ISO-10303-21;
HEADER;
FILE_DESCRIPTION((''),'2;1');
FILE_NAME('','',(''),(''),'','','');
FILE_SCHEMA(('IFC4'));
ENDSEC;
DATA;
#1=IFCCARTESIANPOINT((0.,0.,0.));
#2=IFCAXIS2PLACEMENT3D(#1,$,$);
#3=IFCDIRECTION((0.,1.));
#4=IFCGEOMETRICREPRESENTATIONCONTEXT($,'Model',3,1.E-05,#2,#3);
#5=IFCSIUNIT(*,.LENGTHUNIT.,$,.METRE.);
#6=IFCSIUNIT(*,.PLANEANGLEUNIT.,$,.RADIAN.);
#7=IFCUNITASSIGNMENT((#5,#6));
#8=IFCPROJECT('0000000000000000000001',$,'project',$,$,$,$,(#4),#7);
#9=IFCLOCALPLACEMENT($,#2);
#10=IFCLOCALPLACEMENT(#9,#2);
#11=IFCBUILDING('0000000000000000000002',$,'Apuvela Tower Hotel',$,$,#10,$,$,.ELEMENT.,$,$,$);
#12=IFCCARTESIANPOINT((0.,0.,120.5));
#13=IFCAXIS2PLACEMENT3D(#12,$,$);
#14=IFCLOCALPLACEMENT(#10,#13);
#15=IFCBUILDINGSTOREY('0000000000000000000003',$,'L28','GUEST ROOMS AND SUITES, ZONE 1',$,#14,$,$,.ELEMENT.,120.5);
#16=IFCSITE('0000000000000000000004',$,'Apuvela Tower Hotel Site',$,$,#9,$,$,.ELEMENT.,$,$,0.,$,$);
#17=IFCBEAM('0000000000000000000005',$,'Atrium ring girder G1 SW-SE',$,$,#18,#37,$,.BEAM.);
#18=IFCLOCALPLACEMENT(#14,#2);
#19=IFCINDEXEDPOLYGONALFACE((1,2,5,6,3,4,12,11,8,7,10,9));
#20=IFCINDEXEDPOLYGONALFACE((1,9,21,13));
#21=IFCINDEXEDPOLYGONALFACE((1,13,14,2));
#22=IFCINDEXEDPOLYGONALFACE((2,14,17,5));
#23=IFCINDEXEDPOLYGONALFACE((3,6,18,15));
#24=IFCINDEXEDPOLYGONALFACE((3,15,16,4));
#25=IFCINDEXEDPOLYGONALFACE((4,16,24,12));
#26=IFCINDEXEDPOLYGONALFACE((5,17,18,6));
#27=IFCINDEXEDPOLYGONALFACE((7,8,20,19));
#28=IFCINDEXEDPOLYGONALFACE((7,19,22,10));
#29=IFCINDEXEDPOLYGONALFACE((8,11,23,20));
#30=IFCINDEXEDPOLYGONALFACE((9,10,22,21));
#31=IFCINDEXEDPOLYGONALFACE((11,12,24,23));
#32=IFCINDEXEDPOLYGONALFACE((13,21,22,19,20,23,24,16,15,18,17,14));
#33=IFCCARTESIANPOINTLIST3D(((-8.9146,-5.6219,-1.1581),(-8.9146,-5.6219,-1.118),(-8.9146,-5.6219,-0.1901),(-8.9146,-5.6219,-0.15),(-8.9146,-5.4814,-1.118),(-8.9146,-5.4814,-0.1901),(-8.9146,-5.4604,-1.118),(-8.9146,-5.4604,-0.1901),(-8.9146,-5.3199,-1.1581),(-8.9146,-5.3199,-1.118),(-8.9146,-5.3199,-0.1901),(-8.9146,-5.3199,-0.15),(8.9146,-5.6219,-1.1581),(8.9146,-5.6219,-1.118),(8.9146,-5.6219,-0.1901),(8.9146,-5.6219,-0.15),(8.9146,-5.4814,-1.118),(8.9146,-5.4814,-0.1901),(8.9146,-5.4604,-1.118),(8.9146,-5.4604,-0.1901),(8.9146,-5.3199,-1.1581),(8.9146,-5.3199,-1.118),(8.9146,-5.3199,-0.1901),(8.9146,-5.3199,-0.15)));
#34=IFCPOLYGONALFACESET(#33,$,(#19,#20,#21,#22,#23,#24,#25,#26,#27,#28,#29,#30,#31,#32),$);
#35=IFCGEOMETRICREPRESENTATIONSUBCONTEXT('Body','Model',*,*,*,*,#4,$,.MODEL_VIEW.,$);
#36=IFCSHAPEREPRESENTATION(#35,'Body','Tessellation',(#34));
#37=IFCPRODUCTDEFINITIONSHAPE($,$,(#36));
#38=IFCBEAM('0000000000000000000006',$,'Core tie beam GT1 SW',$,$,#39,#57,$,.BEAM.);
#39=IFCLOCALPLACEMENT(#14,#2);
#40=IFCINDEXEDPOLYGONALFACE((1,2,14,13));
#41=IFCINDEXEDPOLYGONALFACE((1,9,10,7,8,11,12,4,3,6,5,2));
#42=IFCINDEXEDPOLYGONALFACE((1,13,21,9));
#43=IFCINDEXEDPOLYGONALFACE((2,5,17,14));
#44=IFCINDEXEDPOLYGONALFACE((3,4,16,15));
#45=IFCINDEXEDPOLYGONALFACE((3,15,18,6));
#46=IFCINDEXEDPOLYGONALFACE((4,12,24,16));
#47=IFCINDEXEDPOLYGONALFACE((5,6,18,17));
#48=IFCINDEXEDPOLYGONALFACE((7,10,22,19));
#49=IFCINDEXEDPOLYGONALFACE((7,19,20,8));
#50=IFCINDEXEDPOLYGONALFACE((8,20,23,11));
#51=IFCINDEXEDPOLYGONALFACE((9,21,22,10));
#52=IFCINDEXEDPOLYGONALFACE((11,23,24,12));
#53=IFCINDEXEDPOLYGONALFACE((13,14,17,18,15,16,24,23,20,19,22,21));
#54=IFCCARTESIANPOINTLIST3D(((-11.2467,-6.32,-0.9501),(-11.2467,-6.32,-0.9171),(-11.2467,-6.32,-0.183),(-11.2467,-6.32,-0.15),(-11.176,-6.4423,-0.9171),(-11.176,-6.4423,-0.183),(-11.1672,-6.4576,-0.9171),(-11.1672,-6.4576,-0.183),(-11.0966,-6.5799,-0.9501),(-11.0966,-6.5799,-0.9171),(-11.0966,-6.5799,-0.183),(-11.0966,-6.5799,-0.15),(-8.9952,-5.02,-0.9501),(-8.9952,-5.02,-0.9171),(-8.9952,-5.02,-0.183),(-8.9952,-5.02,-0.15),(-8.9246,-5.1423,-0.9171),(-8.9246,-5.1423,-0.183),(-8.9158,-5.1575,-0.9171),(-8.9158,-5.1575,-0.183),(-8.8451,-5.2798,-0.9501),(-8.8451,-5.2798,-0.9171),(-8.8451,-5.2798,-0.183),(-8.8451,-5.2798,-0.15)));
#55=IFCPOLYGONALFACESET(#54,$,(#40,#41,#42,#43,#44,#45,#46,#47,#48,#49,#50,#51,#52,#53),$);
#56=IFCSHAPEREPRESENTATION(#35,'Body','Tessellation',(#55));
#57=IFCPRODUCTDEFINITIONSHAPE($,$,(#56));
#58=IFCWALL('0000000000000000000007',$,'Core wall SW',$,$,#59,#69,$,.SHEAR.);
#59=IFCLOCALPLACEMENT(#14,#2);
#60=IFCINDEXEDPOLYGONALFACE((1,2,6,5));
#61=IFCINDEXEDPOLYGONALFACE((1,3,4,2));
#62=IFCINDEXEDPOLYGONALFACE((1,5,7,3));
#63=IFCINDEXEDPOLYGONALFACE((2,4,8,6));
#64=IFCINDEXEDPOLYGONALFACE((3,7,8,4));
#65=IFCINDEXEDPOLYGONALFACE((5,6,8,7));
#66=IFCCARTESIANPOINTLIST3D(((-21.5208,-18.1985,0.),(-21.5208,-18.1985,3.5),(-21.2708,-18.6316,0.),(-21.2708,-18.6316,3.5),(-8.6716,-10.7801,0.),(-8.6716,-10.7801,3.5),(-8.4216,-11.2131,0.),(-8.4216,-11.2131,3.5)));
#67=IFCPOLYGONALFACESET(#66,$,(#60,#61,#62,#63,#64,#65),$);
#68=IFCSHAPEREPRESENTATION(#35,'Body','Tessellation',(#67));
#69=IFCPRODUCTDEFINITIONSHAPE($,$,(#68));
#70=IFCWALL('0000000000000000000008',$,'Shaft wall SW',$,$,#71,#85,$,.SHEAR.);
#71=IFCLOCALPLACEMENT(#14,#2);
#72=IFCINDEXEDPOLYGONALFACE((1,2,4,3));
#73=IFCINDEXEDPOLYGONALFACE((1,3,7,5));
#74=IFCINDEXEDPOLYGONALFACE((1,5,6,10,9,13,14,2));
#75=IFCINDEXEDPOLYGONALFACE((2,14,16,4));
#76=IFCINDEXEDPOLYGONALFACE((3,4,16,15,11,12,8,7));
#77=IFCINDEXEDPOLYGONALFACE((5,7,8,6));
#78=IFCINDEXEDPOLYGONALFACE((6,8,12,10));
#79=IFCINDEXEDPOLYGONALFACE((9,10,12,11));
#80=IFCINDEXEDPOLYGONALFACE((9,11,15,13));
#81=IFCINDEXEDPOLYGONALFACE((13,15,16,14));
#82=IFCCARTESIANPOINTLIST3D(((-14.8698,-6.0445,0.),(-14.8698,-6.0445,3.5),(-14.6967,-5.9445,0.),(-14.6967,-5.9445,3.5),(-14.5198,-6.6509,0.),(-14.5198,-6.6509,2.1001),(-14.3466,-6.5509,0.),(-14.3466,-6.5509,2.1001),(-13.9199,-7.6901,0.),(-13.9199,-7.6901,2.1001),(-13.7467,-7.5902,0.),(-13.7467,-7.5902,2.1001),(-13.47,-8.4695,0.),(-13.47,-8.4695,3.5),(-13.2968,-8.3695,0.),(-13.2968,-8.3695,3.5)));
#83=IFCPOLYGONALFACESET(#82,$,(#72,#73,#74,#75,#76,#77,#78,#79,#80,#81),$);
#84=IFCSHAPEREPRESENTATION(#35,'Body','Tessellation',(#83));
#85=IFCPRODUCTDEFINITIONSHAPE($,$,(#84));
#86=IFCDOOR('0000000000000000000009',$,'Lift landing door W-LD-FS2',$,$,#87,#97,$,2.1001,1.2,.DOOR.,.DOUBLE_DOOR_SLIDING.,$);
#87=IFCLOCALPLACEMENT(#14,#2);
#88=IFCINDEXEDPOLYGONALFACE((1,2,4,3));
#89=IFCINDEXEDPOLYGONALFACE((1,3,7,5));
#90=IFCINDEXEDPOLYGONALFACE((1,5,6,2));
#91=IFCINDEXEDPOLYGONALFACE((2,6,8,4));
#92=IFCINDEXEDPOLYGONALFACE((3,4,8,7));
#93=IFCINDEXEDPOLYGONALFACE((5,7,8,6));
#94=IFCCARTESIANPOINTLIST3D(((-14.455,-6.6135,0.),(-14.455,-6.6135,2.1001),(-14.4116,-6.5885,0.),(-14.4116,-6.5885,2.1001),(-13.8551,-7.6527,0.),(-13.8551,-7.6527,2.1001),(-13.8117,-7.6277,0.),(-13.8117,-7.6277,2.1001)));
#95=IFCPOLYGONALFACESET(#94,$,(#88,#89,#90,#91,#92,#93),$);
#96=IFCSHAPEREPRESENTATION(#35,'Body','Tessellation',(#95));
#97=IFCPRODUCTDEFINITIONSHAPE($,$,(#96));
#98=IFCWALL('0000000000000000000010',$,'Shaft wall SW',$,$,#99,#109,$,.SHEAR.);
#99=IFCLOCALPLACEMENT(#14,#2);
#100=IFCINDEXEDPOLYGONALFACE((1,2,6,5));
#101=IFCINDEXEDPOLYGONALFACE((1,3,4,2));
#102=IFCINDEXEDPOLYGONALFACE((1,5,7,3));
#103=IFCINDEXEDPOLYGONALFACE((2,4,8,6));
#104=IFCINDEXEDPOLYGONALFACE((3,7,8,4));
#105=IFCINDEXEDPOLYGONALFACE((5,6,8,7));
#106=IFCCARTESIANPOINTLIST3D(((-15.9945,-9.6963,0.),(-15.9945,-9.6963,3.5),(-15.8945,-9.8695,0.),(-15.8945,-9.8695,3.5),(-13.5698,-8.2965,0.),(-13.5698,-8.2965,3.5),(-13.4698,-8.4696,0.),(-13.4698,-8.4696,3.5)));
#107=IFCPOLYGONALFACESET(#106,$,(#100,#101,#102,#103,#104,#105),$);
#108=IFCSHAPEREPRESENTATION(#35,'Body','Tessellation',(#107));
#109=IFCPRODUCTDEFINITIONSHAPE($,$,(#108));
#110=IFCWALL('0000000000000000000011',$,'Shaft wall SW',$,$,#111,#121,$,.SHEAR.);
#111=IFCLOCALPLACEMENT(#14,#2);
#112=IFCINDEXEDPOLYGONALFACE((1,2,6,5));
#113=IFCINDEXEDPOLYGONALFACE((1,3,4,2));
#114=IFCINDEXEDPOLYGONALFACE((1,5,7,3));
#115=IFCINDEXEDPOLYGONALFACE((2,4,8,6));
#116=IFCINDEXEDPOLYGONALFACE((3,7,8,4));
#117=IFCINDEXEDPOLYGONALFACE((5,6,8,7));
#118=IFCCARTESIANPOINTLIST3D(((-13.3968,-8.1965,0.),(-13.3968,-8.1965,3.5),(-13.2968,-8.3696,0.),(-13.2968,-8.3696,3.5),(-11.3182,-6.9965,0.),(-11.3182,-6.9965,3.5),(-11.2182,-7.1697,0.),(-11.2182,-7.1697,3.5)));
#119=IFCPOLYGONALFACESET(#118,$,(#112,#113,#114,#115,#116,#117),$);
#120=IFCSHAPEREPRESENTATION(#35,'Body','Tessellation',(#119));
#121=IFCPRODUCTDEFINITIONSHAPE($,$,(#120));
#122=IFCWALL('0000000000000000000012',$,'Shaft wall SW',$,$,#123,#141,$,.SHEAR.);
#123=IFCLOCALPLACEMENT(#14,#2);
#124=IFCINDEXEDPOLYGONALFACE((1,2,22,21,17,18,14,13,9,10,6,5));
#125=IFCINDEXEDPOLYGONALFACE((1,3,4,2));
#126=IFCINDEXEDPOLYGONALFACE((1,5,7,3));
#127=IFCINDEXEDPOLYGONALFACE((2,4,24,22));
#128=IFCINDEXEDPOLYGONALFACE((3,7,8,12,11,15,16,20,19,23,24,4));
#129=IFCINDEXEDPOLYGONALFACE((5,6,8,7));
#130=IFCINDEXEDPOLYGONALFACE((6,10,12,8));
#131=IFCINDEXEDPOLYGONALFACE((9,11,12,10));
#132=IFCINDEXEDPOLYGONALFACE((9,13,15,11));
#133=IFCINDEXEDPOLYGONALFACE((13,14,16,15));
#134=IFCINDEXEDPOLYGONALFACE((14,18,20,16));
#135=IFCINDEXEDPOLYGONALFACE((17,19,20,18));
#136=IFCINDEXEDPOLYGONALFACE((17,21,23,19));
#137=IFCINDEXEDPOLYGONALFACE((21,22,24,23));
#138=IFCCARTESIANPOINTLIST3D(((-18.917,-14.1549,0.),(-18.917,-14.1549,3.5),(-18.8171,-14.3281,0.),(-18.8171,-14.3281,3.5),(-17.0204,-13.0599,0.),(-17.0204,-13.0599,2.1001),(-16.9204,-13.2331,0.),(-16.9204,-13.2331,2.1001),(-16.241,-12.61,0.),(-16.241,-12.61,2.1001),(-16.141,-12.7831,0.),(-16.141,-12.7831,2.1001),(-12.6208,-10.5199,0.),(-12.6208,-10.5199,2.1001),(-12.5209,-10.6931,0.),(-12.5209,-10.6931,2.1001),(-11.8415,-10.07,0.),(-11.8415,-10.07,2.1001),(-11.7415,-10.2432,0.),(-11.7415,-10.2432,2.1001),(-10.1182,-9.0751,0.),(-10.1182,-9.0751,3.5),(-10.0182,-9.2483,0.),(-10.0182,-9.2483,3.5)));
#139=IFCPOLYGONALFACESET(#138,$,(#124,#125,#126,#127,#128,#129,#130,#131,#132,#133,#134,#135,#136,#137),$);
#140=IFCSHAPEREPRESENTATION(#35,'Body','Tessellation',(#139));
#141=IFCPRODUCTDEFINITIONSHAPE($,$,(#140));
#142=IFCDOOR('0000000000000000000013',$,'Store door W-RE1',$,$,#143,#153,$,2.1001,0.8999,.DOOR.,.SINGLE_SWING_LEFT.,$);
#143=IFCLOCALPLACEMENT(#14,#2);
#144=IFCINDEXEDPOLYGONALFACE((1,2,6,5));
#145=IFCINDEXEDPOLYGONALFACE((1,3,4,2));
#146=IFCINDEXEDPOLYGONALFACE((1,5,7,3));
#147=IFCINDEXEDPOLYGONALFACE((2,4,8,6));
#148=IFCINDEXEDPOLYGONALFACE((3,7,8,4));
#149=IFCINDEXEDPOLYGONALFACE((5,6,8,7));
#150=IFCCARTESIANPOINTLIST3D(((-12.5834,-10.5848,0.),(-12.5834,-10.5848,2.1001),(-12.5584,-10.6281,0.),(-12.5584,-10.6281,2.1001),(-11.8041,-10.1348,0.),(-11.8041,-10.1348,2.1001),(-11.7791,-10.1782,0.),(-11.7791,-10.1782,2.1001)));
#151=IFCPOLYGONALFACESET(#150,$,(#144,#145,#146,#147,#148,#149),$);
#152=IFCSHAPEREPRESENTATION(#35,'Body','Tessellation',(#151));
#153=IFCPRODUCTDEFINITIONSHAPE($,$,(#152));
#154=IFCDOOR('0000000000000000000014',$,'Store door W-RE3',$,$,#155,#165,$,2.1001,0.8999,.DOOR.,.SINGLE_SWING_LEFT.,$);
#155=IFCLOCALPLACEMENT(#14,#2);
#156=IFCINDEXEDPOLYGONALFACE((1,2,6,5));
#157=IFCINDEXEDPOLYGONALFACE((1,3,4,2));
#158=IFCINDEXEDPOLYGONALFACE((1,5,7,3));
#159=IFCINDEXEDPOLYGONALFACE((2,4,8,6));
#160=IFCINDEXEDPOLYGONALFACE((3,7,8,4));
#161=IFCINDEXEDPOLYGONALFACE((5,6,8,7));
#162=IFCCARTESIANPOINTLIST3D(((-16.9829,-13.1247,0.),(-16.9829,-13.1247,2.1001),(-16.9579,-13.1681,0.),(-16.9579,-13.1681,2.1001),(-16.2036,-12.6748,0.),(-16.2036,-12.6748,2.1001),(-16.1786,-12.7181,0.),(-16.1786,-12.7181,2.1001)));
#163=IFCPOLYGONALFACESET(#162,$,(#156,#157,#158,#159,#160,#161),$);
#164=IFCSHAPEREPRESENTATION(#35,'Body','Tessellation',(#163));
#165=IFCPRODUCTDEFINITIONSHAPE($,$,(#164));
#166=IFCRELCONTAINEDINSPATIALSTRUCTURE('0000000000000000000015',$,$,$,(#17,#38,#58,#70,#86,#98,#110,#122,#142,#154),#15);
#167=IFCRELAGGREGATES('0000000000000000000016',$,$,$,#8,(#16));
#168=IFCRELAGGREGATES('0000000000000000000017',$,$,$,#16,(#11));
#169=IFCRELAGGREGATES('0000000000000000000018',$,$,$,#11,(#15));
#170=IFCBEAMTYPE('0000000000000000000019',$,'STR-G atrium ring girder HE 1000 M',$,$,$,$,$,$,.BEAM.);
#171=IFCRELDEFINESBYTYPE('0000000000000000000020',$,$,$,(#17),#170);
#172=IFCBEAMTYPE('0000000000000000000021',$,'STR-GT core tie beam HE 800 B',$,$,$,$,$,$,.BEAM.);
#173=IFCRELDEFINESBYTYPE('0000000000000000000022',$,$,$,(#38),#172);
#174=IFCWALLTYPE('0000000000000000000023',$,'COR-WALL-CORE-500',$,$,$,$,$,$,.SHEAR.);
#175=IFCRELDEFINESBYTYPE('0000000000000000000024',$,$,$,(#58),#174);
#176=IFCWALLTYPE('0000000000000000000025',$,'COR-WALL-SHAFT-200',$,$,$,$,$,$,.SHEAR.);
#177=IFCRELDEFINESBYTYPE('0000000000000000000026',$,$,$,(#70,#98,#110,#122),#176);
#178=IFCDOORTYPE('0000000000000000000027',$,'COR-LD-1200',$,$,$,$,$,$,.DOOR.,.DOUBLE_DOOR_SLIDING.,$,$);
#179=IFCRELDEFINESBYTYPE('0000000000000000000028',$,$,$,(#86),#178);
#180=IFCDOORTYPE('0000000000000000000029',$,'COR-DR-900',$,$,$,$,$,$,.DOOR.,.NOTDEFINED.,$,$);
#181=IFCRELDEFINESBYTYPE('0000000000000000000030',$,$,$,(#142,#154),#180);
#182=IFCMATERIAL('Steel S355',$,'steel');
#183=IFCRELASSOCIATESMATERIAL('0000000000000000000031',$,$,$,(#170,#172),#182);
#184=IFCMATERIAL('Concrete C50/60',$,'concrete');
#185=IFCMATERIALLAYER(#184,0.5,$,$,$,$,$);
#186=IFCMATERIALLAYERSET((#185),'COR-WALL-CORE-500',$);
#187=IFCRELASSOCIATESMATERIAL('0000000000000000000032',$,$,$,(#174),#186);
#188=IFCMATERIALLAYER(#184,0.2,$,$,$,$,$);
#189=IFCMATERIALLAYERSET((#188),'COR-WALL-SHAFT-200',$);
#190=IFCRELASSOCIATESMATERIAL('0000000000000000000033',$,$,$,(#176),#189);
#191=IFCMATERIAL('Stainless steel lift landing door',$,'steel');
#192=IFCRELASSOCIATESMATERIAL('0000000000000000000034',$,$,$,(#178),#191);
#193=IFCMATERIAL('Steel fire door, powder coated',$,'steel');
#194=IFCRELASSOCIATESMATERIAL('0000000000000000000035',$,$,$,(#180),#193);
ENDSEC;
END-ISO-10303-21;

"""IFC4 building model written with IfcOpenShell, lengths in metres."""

from ifc_helpers import new_model, si_unit, direction, frame, frame_2d, origin, origin_2d, place, context, subcontext, project, spatial, rectangle, i_section, extrude, material, layer, layer_set, material_profile, profile_set, type_object, element, fill, save


model = new_model("IFC4")

# Units and contexts
model_context = context("Model", 3, precision=1e-05, world=origin(), true_north=direction((0.0, 1.0)))
body_context = subcontext(model_context, "Body", "Model", "MODEL_VIEW")
ifc_project = project(units=[si_unit("LENGTHUNIT", "METRE"), si_unit("PLANEANGLEUNIT", "RADIAN")], contexts=[model_context])

# Site, building, storey
site_placement = place(None, origin())
site = spatial("IfcSite", under=ifc_project, at=site_placement, Name="Apuvela Tower Hotel Site", CompositionType="ELEMENT", RefElevation=0.0)
building_placement = place(site_placement, origin())
building = spatial("IfcBuilding", under=site, at=building_placement, Name="Apuvela Tower Hotel", CompositionType="ELEMENT")
storey_placement = place(building_placement, frame((0.0, 0.0, 120.5)))
storey = spatial("IfcBuildingStorey", under=building, at=storey_placement, Name="L28", Description="GUEST ROOMS AND SUITES, ZONE 1", CompositionType="ELEMENT", Elevation=120.5)

# Beams
ifc_material_1 = material(Name="Steel S355", Category="steel")
ifc_material_profile_1 = material_profile(ifc_material_1, i_section(OverallWidth=0.302, OverallDepth=1.0081, WebThickness=0.021, FlangeThickness=0.04, at=origin_2d()), Name="HE 1000 M")
ifc_profile_set_1 = profile_set([ifc_material_profile_1], Name="Steel S355")
beam_type_1 = type_object("IfcBeamType", Name="STR-G atrium ring girder HE 1000 M", PredefinedType="BEAM", material=ifc_profile_set_1)
beam_1_placement = place(storey_placement, frame((-8.9146, -5.4709, -0.6541), z_axis=(1.0, 0.0, 0.0), x_axis=(0.0, 1.0, 0.0)))
element("IfcBeam", 1, at=beam_1_placement, inside=storey, type_object=beam_type_1, Name="Atrium ring girder G1 SW-SE", PredefinedType="BEAM", context=body_context, shape_type="SweptSolid", body=[
    extrude(i_section(OverallWidth=0.302, OverallDepth=1.0081, WebThickness=0.021, FlangeThickness=0.04, at=origin_2d()), origin(), (0.0, 0.0, 1.0), 17.8291),
])
ifc_material_profile_2 = material_profile(ifc_material_1, i_section(OverallWidth=0.3, OverallDepth=0.8, WebThickness=0.0176, FlangeThickness=0.033, at=origin_2d()), Name="HE 800 B")
ifc_profile_set_2 = profile_set([ifc_material_profile_2], Name="Steel S355")
beam_type_2 = type_object("IfcBeamType", Name="STR-GT core tie beam HE 800 B", PredefinedType="BEAM", material=ifc_profile_set_2)
beam_2_placement = place(storey_placement, frame((-11.1716, -6.45, -0.55), z_axis=(0.865998, 0.500048, 0.0), x_axis=(-0.500048, 0.865998, 0.0)))
element("IfcBeam", 2, at=beam_2_placement, inside=storey, type_object=beam_type_2, Name="Core tie beam GT1 SW", PredefinedType="BEAM", context=body_context, shape_type="SweptSolid", body=[
    extrude(i_section(OverallWidth=0.3, OverallDepth=0.8, WebThickness=0.0176, FlangeThickness=0.033, at=origin_2d()), origin(), (0.0, 0.0, 1.0), 2.5999),
])

# Wall
ifc_material_2 = material(Name="Concrete C50/60", Category="concrete")
ifc_layer_1 = layer(ifc_material_2, 0.5)
ifc_layer_set_1 = layer_set([ifc_layer_1], Name="COR-WALL-CORE-500")
wall_type_1 = type_object("IfcWallType", Name="COR-WALL-CORE-500", PredefinedType="SHEAR", material=ifc_layer_set_1)
wall_1_placement = place(storey_placement, frame((-8.5466, -10.9966, 0.0), z_axis=(0.0, 0.0, 1.0), x_axis=(-0.866025, -0.500001, 0.0)))
element("IfcWall", 3, at=wall_1_placement, inside=storey, type_object=wall_type_1, Name="Core wall SW", PredefinedType="SHEAR", context=body_context, shape_type="SweptSolid", body=[
    extrude(rectangle(XDim=14.8369, YDim=0.5, at=frame_2d((7.4185, 0.0))), origin(), (0.0, 0.0, 1.0), 3.5),
])

# Wall, opening, door
ifc_layer_2 = layer(ifc_material_2, 0.2)
ifc_layer_set_2 = layer_set([ifc_layer_2], Name="COR-WALL-SHAFT-200")
wall_type_2 = type_object("IfcWallType", Name="COR-WALL-SHAFT-200", PredefinedType="SHEAR", material=ifc_layer_set_2)
wall_2_placement = place(storey_placement, frame((-14.7832, -5.9946, 0.0), z_axis=(0.0, 0.0, 1.0), x_axis=(0.499946, -0.866056, 0.0)))
wall_2 = element("IfcWall", 4, at=wall_2_placement, inside=storey, type_object=wall_type_2, Name="Shaft wall SW", PredefinedType="SHEAR", context=body_context, shape_type="SweptSolid", body=[
    extrude(rectangle(XDim=2.8, YDim=0.2, at=frame_2d((1.3999, 0.0))), origin(), (0.0, 0.0, 1.0), 3.5),
])
opening_1_placement = place(wall_2_placement, frame((0.7, 0.0, 0.0)))
opening_1 = element("IfcOpeningElement", 5, at=opening_1_placement, cuts=wall_2, PredefinedType="OPENING", context=body_context, shape_type="SweptSolid", body=[
    extrude(rectangle(XDim=1.2, YDim=2.1001, at=frame_2d((0.6001, 1.05))), frame((0.0, 0.1099, 0.0), z_axis=(0.0, -1.0, 0.0), x_axis=(1.0, 0.0, 0.0)), (0.0, 0.0, 1.0), 0.22),
])
ifc_material_3 = material(Name="Stainless steel lift landing door", Category="steel")
door_type_1 = type_object("IfcDoorType", Name="COR-LD-1200", OperationType="DOUBLE_DOOR_SLIDING", PredefinedType="DOOR", material=ifc_material_3)
door_1_placement = place(opening_1_placement, origin())
door_1 = element("IfcDoor", 6, at=door_1_placement, inside=storey, type_object=door_type_1, Name="Lift landing door W-LD-FS2", OperationType="DOUBLE_DOOR_SLIDING", OverallHeight=2.1001, OverallWidth=1.2, PredefinedType="DOOR", context=body_context, shape_type="SweptSolid", body=[
    extrude(rectangle(XDim=1.2, YDim=2.1001, at=frame_2d((0.6001, 1.05))), frame((0.0, 0.0249, 0.0), z_axis=(0.0, -1.0, 0.0), x_axis=(1.0, 0.0, 0.0)), (0.0, 0.0, 1.0), 0.05),
])
fill(opening_1, door_1)

# Walls
wall_3_placement = place(storey_placement, frame((-13.5198, -8.3831, 0.0), z_axis=(0.0, 0.0, 1.0), x_axis=(-0.866035, -0.499984, 0.0)))
element("IfcWall", 7, at=wall_3_placement, inside=storey, type_object=wall_type_2, Name="Shaft wall SW", PredefinedType="SHEAR", context=body_context, shape_type="SweptSolid", body=[
    extrude(rectangle(XDim=2.7998, YDim=0.2, at=frame_2d((1.3999, 0.0))), origin(), (0.0, 0.0, 1.0), 3.5),
])
wall_4_placement = place(storey_placement, frame((-11.2681, -7.083, 0.0), z_axis=(0.0, 0.0, 1.0), x_axis=(-0.86605, -0.499957, 0.0)))
element("IfcWall", 8, at=wall_4_placement, inside=storey, type_object=wall_type_2, Name="Shaft wall SW", PredefinedType="SHEAR", context=body_context, shape_type="SweptSolid", body=[
    extrude(rectangle(XDim=2.4001, YDim=0.2, at=frame_2d((1.2002, 0.0))), origin(), (0.0, 0.0, 1.0), 3.5),
])

# Wall, openings, doors
wall_5_placement = place(storey_placement, frame((-10.0681, -9.1616, 0.0), z_axis=(0.0, 0.0, 1.0), x_axis=(-0.866033, -0.499987, 0.0)))
wall_5 = element("IfcWall", 9, at=wall_5_placement, inside=storey, type_object=wall_type_2, Name="Shaft wall SW", PredefinedType="SHEAR", context=body_context, shape_type="SweptSolid", body=[
    extrude(rectangle(XDim=10.1599, YDim=0.2, at=frame_2d((5.0801, 0.0))), origin(), (0.0, 0.0, 1.0), 3.5),
])
opening_2_placement = place(wall_5_placement, frame((1.99, 0.0, 0.0)))
opening_2 = element("IfcOpeningElement", 10, at=opening_2_placement, cuts=wall_5, PredefinedType="OPENING", context=body_context, shape_type="SweptSolid", body=[
    extrude(rectangle(XDim=0.8999, YDim=2.1001, at=frame_2d((0.45, 1.05))), frame((0.0, 0.1099, 0.0), z_axis=(0.0, -1.0, 0.0), x_axis=(1.0, 0.0, 0.0)), (0.0, 0.0, 1.0), 0.22),
])
opening_3_placement = place(wall_5_placement, frame((7.0701, 0.0, 0.0)))
opening_3 = element("IfcOpeningElement", 11, at=opening_3_placement, cuts=wall_5, PredefinedType="OPENING", context=body_context, shape_type="SweptSolid", body=[
    extrude(rectangle(XDim=0.8999, YDim=2.1001, at=frame_2d((0.45, 1.05))), frame((0.0, 0.1099, 0.0), z_axis=(0.0, -1.0, 0.0), x_axis=(1.0, 0.0, 0.0)), (0.0, 0.0, 1.0), 0.22),
])
ifc_material_4 = material(Name="Steel fire door, powder coated", Category="steel")
door_type_2 = type_object("IfcDoorType", Name="COR-DR-900", OperationType="NOTDEFINED", PredefinedType="DOOR", material=ifc_material_4)
door_2_placement = place(opening_2_placement, origin())
door_2 = element("IfcDoor", 12, at=door_2_placement, inside=storey, type_object=door_type_2, Name="Store door W-RE1", OperationType="SINGLE_SWING_LEFT", OverallHeight=2.1001, OverallWidth=0.8999, PredefinedType="DOOR", context=body_context, shape_type="SweptSolid", body=[
    extrude(rectangle(XDim=0.8999, YDim=2.1001, at=frame_2d((0.45, 1.05))), frame((0.0, 0.0249, 0.0), z_axis=(0.0, -1.0, 0.0), x_axis=(1.0, 0.0, 0.0)), (0.0, 0.0, 1.0), 0.05),
])
fill(opening_2, door_2)
door_3_placement = place(opening_3_placement, origin())
door_3 = element("IfcDoor", 13, at=door_3_placement, inside=storey, type_object=door_type_2, Name="Store door W-RE3", OperationType="SINGLE_SWING_LEFT", OverallHeight=2.1001, OverallWidth=0.8999, PredefinedType="DOOR", context=body_context, shape_type="SweptSolid", body=[
    extrude(rectangle(XDim=0.8999, YDim=2.1001, at=frame_2d((0.45, 1.05))), frame((0.0, 0.0249, 0.0), z_axis=(0.0, -1.0, 0.0), x_axis=(1.0, 0.0, 0.0)), (0.0, 0.0, 1.0), 0.05),
])
fill(opening_3, door_3)

save(model, "model.ifc")
